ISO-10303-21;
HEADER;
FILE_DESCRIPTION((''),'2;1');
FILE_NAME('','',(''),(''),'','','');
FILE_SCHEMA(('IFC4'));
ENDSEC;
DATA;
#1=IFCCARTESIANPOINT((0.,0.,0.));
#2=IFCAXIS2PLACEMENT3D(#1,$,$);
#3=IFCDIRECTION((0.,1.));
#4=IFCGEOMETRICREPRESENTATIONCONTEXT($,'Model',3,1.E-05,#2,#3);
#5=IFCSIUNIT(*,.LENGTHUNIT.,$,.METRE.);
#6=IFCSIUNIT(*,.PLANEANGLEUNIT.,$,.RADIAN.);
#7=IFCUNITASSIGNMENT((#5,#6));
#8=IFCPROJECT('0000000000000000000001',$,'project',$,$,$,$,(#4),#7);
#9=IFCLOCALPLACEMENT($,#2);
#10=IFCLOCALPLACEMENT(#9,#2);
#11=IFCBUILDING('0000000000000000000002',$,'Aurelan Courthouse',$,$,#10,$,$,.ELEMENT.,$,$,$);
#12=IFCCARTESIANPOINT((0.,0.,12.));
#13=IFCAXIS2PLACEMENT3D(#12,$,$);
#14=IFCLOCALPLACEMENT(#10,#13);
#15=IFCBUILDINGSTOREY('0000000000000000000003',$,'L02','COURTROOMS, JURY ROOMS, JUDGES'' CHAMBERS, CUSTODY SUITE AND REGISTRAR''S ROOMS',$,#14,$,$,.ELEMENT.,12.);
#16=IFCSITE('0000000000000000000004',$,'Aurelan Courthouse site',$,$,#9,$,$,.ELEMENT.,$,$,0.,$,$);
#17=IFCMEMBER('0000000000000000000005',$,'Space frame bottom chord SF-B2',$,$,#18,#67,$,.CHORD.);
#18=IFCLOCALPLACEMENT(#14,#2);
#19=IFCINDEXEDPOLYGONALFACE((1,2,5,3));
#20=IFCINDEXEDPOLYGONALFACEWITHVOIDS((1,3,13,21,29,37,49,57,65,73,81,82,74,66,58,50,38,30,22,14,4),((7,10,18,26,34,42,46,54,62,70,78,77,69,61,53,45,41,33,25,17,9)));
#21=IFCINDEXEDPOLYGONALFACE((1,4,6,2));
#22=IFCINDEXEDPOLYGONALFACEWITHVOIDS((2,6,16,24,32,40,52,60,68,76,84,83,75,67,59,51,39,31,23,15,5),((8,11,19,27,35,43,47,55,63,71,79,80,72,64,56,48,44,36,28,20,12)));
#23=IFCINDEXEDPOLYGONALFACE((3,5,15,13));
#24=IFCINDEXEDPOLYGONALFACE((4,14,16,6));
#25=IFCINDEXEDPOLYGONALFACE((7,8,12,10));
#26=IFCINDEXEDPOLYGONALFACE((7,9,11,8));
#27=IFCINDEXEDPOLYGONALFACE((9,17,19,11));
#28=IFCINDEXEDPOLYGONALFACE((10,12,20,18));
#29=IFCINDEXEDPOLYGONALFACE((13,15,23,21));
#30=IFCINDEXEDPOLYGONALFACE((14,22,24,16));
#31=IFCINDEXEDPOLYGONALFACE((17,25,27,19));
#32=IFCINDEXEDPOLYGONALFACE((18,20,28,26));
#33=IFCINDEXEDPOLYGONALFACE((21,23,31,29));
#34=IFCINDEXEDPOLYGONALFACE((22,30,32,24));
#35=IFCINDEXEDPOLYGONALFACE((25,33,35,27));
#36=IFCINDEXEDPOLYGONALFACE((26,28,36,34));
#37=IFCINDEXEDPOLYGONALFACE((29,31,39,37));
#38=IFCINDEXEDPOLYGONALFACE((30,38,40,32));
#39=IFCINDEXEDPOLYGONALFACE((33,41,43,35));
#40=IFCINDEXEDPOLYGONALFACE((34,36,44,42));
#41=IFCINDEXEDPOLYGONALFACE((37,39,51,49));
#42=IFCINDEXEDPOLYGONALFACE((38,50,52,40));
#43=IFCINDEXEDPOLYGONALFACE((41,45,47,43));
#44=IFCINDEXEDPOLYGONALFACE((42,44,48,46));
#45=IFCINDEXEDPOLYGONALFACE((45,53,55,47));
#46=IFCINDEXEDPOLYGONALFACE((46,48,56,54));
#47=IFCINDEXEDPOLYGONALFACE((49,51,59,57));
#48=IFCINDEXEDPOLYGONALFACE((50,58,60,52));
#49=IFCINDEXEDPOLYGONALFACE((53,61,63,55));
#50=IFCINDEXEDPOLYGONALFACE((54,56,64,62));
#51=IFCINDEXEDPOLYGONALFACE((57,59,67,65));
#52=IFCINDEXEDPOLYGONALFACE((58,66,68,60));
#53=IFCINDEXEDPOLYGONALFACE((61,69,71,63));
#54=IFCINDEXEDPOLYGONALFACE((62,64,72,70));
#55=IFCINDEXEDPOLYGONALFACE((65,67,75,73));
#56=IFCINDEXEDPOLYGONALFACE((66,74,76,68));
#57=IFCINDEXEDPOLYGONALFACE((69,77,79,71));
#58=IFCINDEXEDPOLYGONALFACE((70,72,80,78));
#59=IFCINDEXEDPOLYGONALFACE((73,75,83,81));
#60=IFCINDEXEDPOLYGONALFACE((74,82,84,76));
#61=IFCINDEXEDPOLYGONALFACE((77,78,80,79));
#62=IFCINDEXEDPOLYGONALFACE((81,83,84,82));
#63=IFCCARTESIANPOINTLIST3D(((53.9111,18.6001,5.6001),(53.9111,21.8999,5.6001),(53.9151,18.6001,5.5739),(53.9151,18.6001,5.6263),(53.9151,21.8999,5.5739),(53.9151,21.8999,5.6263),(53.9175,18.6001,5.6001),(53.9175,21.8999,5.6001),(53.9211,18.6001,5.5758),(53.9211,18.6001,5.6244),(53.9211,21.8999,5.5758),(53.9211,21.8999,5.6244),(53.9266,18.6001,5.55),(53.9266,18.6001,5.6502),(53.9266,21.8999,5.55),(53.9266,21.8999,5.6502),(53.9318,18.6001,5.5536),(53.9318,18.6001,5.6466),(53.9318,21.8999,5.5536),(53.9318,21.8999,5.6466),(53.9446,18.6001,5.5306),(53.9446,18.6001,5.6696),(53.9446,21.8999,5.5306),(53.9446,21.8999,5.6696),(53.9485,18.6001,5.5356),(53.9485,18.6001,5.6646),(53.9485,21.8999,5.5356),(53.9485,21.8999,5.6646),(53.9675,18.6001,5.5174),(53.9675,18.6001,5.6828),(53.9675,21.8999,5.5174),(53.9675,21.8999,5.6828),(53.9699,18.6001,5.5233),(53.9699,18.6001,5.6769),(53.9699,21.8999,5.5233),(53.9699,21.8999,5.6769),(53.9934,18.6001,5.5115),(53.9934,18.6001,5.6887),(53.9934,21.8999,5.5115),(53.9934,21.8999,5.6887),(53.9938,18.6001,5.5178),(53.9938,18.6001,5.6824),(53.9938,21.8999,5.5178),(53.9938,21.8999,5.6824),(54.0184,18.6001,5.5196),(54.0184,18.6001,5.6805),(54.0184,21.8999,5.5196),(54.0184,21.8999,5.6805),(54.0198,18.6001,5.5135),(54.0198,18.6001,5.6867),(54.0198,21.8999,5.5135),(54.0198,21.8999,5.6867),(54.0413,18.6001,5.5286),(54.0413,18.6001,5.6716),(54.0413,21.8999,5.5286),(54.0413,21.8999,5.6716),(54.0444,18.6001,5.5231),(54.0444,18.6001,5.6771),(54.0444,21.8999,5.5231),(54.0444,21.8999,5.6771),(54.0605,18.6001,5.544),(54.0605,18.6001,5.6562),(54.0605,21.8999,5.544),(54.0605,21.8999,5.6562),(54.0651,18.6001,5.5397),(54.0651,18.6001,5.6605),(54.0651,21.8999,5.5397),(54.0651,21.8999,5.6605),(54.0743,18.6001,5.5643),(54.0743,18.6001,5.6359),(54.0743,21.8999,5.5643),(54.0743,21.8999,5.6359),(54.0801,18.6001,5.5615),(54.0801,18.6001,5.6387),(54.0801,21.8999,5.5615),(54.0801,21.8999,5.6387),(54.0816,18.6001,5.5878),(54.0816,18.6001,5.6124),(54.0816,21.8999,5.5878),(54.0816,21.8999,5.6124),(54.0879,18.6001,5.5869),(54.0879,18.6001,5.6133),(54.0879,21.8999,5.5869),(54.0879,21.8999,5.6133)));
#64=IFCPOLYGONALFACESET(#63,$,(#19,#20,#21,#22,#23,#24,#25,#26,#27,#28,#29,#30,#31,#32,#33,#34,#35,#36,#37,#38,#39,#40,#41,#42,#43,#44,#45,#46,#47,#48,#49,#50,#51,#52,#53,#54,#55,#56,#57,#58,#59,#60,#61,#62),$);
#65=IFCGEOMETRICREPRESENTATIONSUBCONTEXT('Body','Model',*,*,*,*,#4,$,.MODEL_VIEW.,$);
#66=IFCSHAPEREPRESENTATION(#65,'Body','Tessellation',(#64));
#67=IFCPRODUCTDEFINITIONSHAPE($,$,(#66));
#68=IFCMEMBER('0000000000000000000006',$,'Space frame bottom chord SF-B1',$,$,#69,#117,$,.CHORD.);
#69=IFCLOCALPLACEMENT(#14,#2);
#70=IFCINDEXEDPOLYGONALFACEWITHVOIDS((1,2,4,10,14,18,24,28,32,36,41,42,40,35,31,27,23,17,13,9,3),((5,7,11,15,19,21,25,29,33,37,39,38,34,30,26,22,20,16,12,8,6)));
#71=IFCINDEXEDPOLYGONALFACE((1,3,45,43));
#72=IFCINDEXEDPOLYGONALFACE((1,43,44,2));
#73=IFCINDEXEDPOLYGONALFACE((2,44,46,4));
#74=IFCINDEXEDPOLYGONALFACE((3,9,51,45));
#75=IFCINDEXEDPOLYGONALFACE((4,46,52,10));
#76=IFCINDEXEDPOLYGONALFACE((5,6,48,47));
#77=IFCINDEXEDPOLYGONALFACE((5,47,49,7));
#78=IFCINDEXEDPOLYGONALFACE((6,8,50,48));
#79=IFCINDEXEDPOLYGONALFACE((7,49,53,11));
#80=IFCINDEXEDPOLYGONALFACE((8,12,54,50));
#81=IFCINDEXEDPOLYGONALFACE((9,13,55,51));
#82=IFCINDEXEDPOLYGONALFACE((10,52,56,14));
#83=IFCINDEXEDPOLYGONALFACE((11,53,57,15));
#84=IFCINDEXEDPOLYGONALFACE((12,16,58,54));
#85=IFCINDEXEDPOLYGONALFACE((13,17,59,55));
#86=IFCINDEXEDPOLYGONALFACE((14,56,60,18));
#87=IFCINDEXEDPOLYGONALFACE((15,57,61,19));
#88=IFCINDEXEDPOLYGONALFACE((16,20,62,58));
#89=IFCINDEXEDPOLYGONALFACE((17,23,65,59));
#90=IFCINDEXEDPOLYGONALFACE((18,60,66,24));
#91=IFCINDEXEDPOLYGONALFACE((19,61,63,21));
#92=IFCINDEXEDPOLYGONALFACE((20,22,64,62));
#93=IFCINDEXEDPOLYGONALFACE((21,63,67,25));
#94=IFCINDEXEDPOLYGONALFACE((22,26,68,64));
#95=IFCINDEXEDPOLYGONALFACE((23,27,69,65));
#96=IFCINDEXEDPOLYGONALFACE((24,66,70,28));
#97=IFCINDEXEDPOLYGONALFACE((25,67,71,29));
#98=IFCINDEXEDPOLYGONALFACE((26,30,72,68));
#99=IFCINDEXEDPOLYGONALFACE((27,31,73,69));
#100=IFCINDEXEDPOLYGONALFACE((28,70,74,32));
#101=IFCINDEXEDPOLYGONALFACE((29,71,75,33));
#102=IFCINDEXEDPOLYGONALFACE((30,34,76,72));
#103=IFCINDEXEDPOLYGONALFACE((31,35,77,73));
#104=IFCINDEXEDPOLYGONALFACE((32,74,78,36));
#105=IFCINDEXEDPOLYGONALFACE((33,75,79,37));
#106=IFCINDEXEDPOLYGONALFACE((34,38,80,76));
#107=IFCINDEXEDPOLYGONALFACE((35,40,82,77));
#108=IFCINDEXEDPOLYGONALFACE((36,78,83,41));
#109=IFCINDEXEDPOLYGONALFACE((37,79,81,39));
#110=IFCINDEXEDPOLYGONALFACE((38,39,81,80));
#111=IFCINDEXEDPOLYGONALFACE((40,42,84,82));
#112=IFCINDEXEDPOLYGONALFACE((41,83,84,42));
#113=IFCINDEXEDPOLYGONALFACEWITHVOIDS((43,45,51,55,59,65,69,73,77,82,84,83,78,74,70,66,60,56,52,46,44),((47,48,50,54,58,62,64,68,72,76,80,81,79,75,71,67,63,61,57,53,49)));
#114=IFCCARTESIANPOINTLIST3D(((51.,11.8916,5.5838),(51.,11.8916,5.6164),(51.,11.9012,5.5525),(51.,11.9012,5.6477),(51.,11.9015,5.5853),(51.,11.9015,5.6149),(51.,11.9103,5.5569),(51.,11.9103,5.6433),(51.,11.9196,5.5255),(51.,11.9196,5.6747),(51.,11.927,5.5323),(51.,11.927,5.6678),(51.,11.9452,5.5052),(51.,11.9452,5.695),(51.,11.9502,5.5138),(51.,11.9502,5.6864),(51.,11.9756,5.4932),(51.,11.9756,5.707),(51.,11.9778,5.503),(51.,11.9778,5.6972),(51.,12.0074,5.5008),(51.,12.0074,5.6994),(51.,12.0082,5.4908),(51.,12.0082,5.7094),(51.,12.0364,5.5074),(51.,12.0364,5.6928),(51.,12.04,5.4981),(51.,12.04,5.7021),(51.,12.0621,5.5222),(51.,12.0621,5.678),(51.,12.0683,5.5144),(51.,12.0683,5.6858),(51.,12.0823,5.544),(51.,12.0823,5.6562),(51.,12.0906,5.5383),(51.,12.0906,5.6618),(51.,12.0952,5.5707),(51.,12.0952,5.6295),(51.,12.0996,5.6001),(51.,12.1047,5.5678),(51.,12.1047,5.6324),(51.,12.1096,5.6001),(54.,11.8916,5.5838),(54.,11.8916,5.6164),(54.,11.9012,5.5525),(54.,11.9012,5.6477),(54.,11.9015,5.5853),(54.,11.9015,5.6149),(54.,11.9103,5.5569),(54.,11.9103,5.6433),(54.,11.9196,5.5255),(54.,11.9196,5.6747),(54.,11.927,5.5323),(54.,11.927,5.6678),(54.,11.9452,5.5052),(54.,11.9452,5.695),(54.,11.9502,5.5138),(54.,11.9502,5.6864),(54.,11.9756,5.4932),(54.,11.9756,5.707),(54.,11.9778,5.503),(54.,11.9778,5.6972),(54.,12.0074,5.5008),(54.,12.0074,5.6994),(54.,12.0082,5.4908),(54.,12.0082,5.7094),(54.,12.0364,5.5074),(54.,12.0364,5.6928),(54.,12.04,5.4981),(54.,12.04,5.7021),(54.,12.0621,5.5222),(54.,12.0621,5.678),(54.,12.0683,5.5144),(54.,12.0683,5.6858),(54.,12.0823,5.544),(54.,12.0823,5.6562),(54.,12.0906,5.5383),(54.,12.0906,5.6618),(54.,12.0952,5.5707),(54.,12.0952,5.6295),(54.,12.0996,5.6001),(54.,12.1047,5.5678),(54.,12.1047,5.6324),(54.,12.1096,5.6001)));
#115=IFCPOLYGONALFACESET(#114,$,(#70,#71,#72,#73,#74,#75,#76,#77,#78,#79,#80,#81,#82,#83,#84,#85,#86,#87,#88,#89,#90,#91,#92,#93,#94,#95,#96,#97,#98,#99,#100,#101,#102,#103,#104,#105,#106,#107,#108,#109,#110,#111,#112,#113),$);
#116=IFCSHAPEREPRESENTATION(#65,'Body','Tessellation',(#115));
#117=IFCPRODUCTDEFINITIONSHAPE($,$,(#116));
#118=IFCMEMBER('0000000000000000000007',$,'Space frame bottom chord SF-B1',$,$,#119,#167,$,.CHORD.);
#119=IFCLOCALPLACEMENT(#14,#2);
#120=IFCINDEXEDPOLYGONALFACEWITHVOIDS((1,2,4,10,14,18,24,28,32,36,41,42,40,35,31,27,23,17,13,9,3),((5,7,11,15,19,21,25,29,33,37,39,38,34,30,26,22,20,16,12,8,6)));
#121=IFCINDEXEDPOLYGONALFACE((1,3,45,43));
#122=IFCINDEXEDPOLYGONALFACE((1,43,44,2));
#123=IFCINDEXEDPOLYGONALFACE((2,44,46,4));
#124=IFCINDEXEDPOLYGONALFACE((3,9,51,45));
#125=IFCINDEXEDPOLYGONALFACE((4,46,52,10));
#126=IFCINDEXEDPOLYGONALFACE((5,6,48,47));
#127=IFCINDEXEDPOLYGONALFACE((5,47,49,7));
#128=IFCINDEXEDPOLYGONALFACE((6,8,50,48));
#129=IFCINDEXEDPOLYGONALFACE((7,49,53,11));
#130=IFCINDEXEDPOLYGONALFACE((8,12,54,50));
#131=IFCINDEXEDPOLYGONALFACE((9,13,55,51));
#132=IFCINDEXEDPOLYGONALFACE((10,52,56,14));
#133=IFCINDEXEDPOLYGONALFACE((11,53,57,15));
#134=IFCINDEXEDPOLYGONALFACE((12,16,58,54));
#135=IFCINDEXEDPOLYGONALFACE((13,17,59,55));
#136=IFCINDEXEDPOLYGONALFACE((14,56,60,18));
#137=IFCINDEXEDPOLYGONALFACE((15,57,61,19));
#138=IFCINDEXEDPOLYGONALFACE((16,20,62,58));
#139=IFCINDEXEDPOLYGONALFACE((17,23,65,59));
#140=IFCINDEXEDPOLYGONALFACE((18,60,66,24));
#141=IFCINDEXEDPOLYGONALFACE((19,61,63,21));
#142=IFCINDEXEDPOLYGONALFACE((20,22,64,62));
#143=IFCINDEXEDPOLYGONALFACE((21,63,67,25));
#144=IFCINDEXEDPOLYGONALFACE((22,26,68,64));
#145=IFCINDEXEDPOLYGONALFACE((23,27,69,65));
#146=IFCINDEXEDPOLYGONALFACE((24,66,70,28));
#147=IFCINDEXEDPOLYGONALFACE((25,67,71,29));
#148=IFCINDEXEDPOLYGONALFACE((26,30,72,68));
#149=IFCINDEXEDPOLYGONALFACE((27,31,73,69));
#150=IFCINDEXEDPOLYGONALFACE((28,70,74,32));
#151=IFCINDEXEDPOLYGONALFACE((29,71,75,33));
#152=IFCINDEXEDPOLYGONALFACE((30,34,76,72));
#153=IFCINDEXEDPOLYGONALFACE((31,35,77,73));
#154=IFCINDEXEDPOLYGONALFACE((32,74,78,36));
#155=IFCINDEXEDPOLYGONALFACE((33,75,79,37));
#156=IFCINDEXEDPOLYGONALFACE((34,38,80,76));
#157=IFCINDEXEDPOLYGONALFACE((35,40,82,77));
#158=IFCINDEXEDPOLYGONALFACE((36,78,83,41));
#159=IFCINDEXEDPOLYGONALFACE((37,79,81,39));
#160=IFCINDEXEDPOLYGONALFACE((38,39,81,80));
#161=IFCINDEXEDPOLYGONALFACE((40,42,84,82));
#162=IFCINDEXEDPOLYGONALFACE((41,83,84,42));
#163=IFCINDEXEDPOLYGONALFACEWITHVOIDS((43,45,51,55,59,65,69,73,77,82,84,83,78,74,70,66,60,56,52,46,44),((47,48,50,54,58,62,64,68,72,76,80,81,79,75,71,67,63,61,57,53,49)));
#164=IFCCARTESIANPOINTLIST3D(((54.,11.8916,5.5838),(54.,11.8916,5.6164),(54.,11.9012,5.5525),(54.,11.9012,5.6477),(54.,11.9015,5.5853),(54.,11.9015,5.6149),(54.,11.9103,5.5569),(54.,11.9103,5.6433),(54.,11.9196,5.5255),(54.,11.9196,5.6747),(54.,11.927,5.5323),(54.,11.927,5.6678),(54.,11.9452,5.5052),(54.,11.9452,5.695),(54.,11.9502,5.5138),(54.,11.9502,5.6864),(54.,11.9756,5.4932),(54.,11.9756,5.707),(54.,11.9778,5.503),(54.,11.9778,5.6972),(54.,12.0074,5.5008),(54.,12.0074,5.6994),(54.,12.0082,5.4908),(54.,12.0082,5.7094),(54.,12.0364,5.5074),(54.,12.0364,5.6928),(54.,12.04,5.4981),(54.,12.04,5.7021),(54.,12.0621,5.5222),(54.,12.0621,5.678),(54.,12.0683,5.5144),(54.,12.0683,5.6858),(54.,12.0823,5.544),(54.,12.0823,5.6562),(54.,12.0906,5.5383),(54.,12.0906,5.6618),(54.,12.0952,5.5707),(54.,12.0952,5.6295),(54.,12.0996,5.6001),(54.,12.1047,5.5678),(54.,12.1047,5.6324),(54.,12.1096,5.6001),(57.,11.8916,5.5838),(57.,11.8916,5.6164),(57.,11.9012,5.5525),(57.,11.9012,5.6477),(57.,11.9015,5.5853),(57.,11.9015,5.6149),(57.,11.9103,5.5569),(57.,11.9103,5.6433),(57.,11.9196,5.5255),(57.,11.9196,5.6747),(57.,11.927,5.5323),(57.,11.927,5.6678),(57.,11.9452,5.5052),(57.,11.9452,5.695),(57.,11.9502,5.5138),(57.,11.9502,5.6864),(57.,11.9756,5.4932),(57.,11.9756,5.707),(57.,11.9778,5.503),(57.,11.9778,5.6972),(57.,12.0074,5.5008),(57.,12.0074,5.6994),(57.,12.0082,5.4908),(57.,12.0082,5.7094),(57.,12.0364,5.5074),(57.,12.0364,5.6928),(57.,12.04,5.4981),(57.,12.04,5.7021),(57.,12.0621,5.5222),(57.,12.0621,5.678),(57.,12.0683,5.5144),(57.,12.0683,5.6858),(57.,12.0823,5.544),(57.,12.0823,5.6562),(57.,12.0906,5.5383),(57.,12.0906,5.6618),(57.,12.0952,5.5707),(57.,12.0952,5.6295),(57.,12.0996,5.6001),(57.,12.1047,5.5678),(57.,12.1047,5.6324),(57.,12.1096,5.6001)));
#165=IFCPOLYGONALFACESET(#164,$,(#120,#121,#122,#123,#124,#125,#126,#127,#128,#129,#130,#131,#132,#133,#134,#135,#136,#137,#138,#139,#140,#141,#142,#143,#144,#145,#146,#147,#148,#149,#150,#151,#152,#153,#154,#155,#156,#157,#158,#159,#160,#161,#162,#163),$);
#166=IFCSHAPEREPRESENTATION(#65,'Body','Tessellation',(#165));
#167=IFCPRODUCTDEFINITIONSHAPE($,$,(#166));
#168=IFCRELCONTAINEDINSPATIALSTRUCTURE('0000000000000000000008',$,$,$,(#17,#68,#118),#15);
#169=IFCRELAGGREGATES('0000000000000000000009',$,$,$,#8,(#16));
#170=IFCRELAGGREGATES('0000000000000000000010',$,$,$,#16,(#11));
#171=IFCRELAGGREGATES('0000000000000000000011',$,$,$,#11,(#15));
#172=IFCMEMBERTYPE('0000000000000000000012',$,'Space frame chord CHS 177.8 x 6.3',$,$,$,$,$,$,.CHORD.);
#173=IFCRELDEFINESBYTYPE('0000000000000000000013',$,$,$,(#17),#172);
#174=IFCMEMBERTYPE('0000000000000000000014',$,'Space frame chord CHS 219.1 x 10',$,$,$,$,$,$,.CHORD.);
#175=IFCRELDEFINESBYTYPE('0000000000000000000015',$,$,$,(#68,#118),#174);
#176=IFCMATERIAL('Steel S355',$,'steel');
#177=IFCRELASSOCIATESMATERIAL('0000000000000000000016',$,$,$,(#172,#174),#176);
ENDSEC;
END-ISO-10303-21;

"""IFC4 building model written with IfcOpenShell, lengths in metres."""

from ifc_helpers import new_model, si_unit, direction, frame, origin, origin_2d, place, context, subcontext, project, spatial, hollow_circle, extrude, material, material_profile, profile_set, type_object, element, save


model = new_model("IFC4")

# Units and contexts
model_context = context("Model", 3, precision=1e-05, world=origin(), true_north=direction((0.0, 1.0)))
body_context = subcontext(model_context, "Body", "Model", "MODEL_VIEW")
ifc_project = project(units=[si_unit("LENGTHUNIT", "METRE"), si_unit("PLANEANGLEUNIT", "RADIAN")], contexts=[model_context])

# Site, building, storey
site_placement = place(None, origin())
site = spatial("IfcSite", under=ifc_project, at=site_placement, Name="Aurelan Courthouse site", CompositionType="ELEMENT", RefElevation=0.0)
building_placement = place(site_placement, origin())
building = spatial("IfcBuilding", under=site, at=building_placement, Name="Aurelan Courthouse", CompositionType="ELEMENT")
storey_placement = place(building_placement, frame((0.0, 0.0, 12.0)))
storey = spatial("IfcBuildingStorey", under=building, at=storey_placement, Name="L02", Description="COURTROOMS, JURY ROOMS, JUDGES' CHAMBERS, CUSTODY SUITE AND REGISTRAR'S ROOMS", CompositionType="ELEMENT", Elevation=12.0)

# Shared definitions
ifc_material_1 = material(Name="Steel S355", Category="steel")

# Members
ifc_material_profile_1 = material_profile(ifc_material_1, hollow_circle(Radius=0.0889, WallThickness=0.0063, at=origin_2d()), Name="CHS 177.8 x 6.3")
ifc_profile_set_1 = profile_set([ifc_material_profile_1], Name="Steel S355")
member_type_1 = type_object("IfcMemberType", Name="Space frame chord CHS 177.8 x 6.3", PredefinedType="CHORD", material=ifc_profile_set_1)
for number, where, z_axis, x_axis, name in (
    (1, (54.0, 18.6001, 5.6001), (0.0, 1.0, 0.0), (-1.0, 0.0, 0.0), "Space frame bottom chord SF-B2"),
):
    element("IfcMember", number, at=place(storey_placement, frame(where, z_axis=z_axis, x_axis=x_axis)), inside=storey, type_object=member_type_1, Name=name, PredefinedType="CHORD", context=body_context, shape_type="SweptSolid", body=[
        extrude(hollow_circle(Radius=0.0889, WallThickness=0.0063, at=origin_2d()), origin(), (0.0, 0.0, 1.0), 3.2998),
    ])
ifc_material_profile_2 = material_profile(ifc_material_1, hollow_circle(Radius=0.1096, WallThickness=0.01, at=origin_2d()), Name="CHS 219.1 x 10")
ifc_profile_set_2 = profile_set([ifc_material_profile_2], Name="Steel S355")
member_type_2 = type_object("IfcMemberType", Name="Space frame chord CHS 219.1 x 10", PredefinedType="CHORD", material=ifc_profile_set_2)
for number, where, z_axis, x_axis, name in (
    (2, (51.0, 12.0, 5.6001), (1.0, 0.0, 0.0), (0.0, 1.0, 0.0), "Space frame bottom chord SF-B1"),
    (3, (54.0, 12.0, 5.6001), (1.0, 0.0, 0.0), (0.0, 1.0, 0.0), "Space frame bottom chord SF-B1"),
):
    element("IfcMember", number, at=place(storey_placement, frame(where, z_axis=z_axis, x_axis=x_axis)), inside=storey, type_object=member_type_2, Name=name, PredefinedType="CHORD", context=body_context, shape_type="SweptSolid", body=[
        extrude(hollow_circle(Radius=0.1096, WallThickness=0.01, at=origin_2d()), origin(), (0.0, 0.0, 1.0), 3.0),
    ])

save(model, "model.ifc")
